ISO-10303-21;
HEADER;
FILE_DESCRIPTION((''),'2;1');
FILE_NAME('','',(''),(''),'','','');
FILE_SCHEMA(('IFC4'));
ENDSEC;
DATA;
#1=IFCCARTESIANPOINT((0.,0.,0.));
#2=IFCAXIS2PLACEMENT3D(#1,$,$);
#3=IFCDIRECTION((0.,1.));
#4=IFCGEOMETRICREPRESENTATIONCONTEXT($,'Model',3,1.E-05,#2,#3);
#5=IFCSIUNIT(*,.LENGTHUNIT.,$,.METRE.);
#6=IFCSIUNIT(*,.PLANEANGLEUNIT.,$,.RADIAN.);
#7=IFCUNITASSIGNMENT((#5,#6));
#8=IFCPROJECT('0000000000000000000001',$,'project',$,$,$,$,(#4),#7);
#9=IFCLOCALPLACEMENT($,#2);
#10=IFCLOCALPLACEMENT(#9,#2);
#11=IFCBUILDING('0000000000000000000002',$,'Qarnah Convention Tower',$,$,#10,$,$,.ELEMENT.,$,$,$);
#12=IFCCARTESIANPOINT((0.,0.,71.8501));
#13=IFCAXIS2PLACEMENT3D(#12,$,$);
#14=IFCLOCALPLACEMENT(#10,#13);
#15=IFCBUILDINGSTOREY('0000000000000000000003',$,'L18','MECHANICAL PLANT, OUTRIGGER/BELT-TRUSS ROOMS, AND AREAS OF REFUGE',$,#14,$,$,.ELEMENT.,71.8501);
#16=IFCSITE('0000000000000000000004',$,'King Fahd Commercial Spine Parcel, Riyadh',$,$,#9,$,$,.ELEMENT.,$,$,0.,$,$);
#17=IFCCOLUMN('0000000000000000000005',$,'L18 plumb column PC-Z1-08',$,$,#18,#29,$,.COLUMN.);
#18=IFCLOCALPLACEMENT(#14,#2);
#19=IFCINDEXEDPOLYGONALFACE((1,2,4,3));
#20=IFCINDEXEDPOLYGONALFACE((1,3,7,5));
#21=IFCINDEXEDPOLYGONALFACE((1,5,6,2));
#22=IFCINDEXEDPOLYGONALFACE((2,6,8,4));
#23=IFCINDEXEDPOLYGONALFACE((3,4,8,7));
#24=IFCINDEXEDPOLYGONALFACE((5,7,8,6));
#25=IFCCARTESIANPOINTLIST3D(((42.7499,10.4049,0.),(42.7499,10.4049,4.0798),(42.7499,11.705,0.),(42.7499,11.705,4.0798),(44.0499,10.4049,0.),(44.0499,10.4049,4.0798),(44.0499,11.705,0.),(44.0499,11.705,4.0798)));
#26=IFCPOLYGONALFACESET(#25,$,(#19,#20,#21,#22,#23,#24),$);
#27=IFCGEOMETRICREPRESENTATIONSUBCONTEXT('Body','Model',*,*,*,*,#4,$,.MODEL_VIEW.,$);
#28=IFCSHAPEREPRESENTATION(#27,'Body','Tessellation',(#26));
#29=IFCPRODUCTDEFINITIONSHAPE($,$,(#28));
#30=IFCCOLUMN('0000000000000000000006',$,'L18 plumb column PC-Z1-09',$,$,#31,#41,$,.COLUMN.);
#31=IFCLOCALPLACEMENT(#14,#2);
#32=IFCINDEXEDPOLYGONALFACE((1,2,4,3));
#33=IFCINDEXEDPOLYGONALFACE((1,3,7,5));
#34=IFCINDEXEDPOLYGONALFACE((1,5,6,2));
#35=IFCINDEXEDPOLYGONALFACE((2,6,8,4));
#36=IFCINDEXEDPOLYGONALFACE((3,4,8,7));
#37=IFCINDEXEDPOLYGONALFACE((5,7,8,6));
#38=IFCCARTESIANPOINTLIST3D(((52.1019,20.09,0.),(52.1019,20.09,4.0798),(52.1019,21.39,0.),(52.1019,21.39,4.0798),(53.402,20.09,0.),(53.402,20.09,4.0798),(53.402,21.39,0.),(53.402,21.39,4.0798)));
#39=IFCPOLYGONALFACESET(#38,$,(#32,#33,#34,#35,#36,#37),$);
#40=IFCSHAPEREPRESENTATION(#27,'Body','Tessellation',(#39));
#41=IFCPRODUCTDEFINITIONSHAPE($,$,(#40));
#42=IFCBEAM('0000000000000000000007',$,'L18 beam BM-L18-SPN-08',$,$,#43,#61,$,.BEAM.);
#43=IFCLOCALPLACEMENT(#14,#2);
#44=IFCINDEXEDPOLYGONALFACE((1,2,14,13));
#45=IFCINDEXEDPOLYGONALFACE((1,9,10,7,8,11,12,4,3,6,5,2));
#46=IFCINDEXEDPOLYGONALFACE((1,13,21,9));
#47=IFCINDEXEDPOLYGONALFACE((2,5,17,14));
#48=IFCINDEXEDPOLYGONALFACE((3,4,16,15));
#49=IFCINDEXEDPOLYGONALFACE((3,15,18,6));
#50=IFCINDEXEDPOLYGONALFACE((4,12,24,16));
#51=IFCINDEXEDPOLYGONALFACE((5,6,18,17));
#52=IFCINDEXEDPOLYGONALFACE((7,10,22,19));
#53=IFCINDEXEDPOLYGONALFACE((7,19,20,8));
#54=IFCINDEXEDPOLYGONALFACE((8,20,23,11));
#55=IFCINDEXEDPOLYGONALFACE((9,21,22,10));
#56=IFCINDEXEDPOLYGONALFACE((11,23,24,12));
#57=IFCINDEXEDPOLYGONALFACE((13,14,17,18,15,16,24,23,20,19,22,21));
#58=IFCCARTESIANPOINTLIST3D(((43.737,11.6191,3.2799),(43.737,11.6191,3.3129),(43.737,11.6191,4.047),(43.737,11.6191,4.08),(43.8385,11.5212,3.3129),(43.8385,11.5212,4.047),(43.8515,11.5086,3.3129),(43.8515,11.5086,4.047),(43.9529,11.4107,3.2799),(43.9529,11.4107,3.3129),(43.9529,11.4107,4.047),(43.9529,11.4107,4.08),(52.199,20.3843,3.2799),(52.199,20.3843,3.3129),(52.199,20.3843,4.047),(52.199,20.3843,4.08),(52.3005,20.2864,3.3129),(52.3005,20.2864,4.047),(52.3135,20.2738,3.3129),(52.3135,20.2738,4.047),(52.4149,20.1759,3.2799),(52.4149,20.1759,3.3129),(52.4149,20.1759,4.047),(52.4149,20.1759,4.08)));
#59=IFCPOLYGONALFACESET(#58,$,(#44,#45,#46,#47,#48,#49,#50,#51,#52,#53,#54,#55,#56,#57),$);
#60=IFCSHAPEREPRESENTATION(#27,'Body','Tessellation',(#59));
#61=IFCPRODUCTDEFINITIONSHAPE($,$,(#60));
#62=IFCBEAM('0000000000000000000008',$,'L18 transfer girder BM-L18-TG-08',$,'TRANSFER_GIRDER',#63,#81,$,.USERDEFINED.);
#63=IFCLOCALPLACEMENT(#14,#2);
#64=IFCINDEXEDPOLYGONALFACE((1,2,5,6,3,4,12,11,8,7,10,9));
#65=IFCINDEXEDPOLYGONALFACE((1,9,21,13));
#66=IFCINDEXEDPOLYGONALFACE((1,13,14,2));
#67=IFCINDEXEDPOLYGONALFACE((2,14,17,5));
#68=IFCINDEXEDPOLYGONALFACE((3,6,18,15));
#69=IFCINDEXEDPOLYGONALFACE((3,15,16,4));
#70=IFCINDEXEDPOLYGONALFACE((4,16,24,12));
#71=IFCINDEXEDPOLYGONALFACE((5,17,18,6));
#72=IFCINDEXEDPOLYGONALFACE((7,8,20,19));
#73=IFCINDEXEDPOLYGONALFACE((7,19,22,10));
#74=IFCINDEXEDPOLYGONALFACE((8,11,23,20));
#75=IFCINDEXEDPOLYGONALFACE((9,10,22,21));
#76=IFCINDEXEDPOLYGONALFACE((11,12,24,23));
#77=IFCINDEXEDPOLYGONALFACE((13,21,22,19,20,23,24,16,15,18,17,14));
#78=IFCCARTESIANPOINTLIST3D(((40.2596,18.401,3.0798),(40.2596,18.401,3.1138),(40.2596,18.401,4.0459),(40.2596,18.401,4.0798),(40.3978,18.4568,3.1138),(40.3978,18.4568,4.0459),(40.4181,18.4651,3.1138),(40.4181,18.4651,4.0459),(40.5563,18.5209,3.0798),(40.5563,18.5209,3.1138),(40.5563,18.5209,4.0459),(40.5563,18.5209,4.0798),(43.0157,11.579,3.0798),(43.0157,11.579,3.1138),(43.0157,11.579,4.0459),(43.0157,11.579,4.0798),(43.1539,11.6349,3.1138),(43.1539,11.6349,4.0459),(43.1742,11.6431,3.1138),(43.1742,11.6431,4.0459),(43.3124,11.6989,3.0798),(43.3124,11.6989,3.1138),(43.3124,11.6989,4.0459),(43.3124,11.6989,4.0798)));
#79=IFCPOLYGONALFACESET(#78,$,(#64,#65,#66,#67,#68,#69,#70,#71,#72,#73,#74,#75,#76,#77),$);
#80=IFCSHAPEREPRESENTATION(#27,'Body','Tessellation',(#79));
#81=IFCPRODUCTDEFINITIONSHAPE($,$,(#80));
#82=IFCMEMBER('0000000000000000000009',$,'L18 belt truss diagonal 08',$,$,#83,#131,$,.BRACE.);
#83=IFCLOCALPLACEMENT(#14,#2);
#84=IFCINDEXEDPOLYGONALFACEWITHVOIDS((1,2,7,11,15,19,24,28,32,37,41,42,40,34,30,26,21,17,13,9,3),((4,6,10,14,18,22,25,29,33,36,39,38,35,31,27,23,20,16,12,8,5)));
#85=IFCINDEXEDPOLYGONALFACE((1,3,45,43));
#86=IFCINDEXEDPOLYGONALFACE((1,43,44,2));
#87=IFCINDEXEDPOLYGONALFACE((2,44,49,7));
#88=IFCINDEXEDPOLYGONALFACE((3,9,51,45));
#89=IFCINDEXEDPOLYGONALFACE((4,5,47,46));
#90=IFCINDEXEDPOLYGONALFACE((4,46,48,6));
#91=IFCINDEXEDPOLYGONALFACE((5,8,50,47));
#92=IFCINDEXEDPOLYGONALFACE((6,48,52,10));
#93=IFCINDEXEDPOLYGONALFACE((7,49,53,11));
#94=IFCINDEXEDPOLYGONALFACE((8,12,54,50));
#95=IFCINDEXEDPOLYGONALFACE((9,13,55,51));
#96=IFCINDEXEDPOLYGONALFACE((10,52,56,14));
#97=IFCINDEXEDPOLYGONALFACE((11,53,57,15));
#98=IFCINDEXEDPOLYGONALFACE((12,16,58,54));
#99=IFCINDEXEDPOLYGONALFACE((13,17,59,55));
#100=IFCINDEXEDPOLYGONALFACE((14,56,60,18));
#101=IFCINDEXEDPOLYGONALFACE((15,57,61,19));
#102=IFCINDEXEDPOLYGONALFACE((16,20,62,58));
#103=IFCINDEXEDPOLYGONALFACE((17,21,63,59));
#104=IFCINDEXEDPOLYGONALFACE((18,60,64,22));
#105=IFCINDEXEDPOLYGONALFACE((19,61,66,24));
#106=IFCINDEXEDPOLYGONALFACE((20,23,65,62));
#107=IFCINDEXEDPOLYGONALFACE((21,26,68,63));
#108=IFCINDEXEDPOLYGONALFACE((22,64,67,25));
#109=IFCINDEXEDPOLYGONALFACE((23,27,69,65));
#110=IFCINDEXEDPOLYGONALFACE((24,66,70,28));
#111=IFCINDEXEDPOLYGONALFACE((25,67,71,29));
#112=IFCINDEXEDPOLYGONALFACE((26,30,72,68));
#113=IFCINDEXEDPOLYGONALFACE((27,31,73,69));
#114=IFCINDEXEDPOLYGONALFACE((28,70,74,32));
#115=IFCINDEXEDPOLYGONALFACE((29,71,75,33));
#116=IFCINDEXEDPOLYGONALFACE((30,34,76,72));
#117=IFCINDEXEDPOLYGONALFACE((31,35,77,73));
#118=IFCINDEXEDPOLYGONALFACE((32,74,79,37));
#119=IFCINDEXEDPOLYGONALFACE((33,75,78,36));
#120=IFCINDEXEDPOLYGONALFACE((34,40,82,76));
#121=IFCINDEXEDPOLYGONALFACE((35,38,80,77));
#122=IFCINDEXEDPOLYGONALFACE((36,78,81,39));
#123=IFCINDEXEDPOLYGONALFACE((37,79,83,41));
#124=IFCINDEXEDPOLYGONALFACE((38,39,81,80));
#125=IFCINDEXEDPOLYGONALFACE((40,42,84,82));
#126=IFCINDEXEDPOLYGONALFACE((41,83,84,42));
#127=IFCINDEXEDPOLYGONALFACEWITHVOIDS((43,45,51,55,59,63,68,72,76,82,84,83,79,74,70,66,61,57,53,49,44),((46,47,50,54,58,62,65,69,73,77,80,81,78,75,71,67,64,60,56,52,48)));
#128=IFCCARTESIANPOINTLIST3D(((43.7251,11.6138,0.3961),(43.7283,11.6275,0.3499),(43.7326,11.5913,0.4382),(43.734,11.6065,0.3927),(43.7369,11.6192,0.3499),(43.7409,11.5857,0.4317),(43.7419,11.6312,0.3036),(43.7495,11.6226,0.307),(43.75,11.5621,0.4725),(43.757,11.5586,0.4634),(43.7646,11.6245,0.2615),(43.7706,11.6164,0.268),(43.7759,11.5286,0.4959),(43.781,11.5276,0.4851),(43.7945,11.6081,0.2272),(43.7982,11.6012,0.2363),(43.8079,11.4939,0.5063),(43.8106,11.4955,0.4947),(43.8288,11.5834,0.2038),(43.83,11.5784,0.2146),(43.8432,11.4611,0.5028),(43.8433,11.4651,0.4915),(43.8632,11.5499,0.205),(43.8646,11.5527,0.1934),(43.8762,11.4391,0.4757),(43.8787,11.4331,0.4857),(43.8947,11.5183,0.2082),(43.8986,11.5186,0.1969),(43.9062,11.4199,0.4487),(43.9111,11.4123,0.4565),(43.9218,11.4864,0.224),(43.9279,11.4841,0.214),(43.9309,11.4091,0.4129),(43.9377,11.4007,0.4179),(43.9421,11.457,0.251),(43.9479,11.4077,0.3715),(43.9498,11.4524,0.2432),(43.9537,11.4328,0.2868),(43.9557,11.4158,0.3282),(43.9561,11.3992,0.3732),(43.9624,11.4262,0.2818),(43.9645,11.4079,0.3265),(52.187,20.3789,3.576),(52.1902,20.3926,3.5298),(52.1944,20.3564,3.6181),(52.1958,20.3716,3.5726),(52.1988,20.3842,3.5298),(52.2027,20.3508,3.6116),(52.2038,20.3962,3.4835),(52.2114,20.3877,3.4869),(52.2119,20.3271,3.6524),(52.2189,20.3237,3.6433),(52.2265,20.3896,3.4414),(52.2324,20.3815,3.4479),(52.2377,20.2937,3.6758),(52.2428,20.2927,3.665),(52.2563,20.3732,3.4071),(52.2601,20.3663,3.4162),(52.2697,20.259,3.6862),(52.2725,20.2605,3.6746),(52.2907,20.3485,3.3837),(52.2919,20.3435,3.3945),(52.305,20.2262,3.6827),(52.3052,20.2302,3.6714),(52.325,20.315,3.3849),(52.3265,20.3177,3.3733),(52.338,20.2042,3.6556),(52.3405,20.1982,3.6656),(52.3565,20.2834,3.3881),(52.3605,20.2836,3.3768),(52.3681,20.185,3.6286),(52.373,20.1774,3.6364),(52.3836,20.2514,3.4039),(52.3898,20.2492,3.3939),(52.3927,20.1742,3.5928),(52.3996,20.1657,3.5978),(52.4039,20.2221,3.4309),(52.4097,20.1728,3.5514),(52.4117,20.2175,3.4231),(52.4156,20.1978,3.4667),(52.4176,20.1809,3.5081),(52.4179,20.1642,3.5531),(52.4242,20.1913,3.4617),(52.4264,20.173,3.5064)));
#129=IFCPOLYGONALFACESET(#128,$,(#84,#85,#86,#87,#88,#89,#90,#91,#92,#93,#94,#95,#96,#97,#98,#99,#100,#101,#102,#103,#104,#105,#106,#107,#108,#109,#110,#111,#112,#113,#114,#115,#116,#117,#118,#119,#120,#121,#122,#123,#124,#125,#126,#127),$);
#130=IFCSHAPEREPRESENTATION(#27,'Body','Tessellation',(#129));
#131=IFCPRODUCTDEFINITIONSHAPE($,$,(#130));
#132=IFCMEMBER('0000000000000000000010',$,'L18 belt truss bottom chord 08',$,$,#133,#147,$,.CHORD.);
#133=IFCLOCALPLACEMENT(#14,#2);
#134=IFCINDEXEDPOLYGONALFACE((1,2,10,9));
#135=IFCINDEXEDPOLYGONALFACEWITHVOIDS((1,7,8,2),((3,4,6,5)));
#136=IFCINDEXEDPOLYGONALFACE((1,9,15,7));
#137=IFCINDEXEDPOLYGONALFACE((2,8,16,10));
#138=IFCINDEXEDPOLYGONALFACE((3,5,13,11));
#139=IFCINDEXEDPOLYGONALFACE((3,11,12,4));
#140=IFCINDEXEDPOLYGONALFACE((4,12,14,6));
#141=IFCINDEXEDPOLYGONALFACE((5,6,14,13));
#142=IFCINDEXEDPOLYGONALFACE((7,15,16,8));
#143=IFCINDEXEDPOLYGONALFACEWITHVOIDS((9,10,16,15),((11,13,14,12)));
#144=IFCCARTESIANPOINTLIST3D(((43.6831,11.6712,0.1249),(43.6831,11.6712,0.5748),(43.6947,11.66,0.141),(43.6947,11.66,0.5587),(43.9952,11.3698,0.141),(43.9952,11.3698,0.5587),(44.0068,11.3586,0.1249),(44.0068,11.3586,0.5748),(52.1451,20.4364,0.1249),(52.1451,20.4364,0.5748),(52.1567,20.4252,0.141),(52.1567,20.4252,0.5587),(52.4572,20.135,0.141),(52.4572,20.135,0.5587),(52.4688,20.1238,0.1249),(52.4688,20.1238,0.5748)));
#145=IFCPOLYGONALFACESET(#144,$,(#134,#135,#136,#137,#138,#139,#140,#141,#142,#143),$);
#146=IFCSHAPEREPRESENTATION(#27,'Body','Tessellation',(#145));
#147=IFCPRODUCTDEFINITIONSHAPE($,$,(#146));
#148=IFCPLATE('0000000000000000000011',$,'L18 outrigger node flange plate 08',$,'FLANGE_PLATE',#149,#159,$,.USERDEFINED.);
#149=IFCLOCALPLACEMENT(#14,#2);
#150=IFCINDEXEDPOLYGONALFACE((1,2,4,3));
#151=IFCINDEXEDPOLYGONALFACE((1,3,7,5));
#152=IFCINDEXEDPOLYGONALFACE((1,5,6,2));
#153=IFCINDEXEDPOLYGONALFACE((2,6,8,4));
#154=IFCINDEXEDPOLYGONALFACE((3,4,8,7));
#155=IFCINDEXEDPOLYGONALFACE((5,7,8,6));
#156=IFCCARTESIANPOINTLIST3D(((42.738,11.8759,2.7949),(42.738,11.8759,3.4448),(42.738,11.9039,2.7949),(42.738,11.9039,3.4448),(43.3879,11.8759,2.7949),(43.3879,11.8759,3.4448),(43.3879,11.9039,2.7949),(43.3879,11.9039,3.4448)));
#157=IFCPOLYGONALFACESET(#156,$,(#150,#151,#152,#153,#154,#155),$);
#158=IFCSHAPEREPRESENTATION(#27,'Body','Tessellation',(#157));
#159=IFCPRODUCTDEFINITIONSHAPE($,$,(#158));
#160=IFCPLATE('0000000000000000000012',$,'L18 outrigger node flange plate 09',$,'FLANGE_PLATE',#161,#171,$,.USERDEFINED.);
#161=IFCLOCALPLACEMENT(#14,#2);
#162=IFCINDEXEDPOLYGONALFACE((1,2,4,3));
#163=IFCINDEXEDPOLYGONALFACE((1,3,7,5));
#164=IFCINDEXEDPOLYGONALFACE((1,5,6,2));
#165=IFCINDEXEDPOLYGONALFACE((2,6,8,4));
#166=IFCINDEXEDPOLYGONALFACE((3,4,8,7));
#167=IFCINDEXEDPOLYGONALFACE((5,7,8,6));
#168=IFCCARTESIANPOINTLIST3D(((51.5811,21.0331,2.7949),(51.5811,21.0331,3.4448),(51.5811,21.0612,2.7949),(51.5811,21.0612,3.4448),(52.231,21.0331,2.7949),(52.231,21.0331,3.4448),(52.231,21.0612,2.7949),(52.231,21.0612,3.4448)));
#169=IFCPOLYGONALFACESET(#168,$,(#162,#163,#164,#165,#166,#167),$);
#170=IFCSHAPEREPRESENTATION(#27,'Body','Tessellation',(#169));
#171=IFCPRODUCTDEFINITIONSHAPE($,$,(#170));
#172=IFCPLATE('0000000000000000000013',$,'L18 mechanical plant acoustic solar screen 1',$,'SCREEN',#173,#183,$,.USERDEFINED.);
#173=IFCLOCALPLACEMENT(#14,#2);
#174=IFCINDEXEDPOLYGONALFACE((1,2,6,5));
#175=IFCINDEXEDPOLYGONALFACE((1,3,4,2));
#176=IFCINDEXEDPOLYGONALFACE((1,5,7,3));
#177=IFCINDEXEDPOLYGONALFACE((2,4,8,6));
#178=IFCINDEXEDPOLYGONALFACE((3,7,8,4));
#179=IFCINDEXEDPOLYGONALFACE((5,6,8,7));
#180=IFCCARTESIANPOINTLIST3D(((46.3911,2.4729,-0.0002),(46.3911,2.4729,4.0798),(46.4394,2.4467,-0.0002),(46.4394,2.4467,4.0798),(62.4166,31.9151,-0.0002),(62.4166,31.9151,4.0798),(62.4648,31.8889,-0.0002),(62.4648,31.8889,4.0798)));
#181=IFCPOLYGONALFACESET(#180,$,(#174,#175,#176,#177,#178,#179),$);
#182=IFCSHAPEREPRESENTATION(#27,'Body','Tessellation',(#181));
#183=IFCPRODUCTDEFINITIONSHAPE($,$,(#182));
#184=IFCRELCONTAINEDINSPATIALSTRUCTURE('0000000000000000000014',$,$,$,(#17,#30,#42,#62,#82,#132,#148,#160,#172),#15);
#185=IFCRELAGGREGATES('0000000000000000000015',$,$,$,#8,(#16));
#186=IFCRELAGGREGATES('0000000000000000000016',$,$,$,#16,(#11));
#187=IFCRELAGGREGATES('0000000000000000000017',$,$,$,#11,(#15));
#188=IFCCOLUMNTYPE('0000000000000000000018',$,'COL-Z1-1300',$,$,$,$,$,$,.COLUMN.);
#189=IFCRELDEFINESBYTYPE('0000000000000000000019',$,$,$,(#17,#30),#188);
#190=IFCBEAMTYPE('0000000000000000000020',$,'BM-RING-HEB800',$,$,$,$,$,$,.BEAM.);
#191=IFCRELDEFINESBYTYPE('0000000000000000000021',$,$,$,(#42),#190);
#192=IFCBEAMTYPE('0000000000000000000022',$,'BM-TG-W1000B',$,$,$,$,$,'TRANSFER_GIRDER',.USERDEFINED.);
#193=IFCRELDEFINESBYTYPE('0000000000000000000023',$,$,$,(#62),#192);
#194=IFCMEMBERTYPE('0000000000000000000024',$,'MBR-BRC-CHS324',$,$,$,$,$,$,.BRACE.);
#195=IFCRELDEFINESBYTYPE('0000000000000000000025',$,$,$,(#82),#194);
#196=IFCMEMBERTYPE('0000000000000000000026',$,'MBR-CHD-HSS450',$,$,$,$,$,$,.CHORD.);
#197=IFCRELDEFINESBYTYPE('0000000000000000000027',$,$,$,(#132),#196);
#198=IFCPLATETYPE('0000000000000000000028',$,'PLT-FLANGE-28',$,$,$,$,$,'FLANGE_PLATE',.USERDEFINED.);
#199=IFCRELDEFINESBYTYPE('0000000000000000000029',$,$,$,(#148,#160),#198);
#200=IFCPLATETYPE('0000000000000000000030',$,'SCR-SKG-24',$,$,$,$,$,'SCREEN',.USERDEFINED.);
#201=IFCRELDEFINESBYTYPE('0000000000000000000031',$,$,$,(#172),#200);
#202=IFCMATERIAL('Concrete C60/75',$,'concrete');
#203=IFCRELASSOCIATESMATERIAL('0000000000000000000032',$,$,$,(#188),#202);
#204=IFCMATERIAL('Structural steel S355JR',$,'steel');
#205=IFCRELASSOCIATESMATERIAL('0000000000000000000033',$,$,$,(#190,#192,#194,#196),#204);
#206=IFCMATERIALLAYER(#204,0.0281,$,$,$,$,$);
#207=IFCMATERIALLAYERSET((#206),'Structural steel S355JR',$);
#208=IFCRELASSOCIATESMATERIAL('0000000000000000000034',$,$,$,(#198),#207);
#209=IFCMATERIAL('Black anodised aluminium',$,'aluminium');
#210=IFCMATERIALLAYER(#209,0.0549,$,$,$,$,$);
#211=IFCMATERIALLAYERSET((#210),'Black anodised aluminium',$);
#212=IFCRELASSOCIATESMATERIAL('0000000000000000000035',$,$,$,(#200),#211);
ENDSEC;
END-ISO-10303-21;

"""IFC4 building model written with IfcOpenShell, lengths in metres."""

from ifc_helpers import new_model, si_unit, direction, frame, origin, origin_2d, place, context, subcontext, project, spatial, rectangle, hollow_rectangle, hollow_circle, i_section, extrude, material, layer, layer_set, material_profile, profile_set, type_object, element, save


model = new_model("IFC4")

# Units and contexts
model_context = context("Model", 3, precision=1e-05, world=origin(), true_north=direction((0.0, 1.0)))
body_context = subcontext(model_context, "Body", "Model", "MODEL_VIEW")
ifc_project = project(units=[si_unit("LENGTHUNIT", "METRE"), si_unit("PLANEANGLEUNIT", "RADIAN")], contexts=[model_context])

# Site, building, storey
site_placement = place(None, origin())
site = spatial("IfcSite", under=ifc_project, at=site_placement, Name="King Fahd Commercial Spine Parcel, Riyadh", CompositionType="ELEMENT", RefElevation=0.0)
building_placement = place(site_placement, origin())
building = spatial("IfcBuilding", under=site, at=building_placement, Name="Qarnah Convention Tower", CompositionType="ELEMENT")
storey_placement = place(building_placement, frame((0.0, 0.0, 71.8501)))
storey = spatial("IfcBuildingStorey", under=building, at=storey_placement, Name="L18", Description="MECHANICAL PLANT, OUTRIGGER/BELT-TRUSS ROOMS, AND AREAS OF REFUGE", CompositionType="ELEMENT", Elevation=71.8501)

# Columns
ifc_material_1 = material(Name="Concrete C60/75", Category="concrete")
ifc_material_profile_1 = material_profile(ifc_material_1, rectangle(XDim=1.3, YDim=1.3, at=origin_2d()), Name="RC-COL-1300X1300")
ifc_profile_set_1 = profile_set([ifc_material_profile_1], Name="Concrete C60/75")
column_type = type_object("IfcColumnType", Name="COL-Z1-1300", PredefinedType="COLUMN", material=ifc_profile_set_1)
for number, where, z_axis, x_axis, name in (
    (1, (43.3999, 11.0549, 0.0), (0.0, 0.0, 1.0), (1.0, 0.0, 0.0), "L18 plumb column PC-Z1-08"),
    (2, (52.752, 20.74, 0.0), (0.0, 0.0, 1.0), (1.0, 0.0, 0.0), "L18 plumb column PC-Z1-09"),
):
    element("IfcColumn", number, at=place(storey_placement, frame(where, z_axis=z_axis, x_axis=x_axis)), inside=storey, type_object=column_type, Name=name, PredefinedType="COLUMN", context=body_context, shape_type="SweptSolid", body=[
        extrude(rectangle(XDim=1.3, YDim=1.3, at=origin_2d()), origin(), (0.0, 0.0, 1.0), 4.0798),
    ])

# Beams
ifc_material_2 = material(Name="Structural steel S355JR", Category="steel")
ifc_material_profile_2 = material_profile(ifc_material_2, i_section(OverallWidth=0.3, OverallDepth=0.8, WebThickness=0.0181, FlangeThickness=0.033, at=origin_2d()), Name="HEB800")
ifc_profile_set_2 = profile_set([ifc_material_profile_2], Name="Structural steel S355JR")
beam_type_1 = type_object("IfcBeamType", Name="BM-RING-HEB800", PredefinedType="BEAM", material=ifc_profile_set_2)
beam_1_placement = place(storey_placement, frame((43.845, 11.5149, 3.6799), z_axis=(0.694553, 0.719442, 0.0), x_axis=(-0.719442, 0.694553, 0.0)))
element("IfcBeam", 3, at=beam_1_placement, inside=storey, type_object=beam_type_1, Name="L18 beam BM-L18-SPN-08", PredefinedType="BEAM", context=body_context, shape_type="SweptSolid", body=[
    extrude(i_section(OverallWidth=0.3, OverallDepth=0.8, WebThickness=0.0181, FlangeThickness=0.033, at=origin_2d()), origin(), (0.0, 0.0, 1.0), 12.1833),
])
ifc_material_profile_3 = material_profile(ifc_material_2, i_section(OverallWidth=0.3201, OverallDepth=1.0, WebThickness=0.022, FlangeThickness=0.0339, at=origin_2d()), Name="W1000X371")
ifc_profile_set_3 = profile_set([ifc_material_profile_3], Name="Structural steel S355JR")
beam_type_2 = type_object("IfcBeamType", Name="BM-TG-W1000B", ElementType="TRANSFER_GIRDER", PredefinedType="USERDEFINED", material=ifc_profile_set_3)
beam_2_placement = place(storey_placement, frame((40.408, 18.4609, 3.5798), z_axis=(0.374586, -0.927192, 0.0), x_axis=(0.927192, 0.374586, 0.0)))
element("IfcBeam", 4, at=beam_2_placement, inside=storey, type_object=beam_type_2, Name="L18 transfer girder BM-L18-TG-08", ObjectType="TRANSFER_GIRDER", PredefinedType="USERDEFINED", context=body_context, shape_type="SweptSolid", body=[
    extrude(i_section(OverallWidth=0.3201, OverallDepth=1.0, WebThickness=0.022, FlangeThickness=0.0339, at=origin_2d()), origin(), (0.0, 0.0, 1.0), 7.3577),
])

# Members
ifc_material_profile_4 = material_profile(ifc_material_2, hollow_circle(Radius=0.1621, WallThickness=0.012, at=origin_2d()), Name="CHS324X12")
ifc_profile_set_4 = profile_set([ifc_material_profile_4], Name="Structural steel S355JR")
member_type_1 = type_object("IfcMemberType", Name="MBR-BRC-CHS324", PredefinedType="BRACE", material=ifc_profile_set_4)
member_1_placement = place(storey_placement, frame((43.845, 11.5149, 0.3499), z_axis=(0.672039, 0.69612, 0.252548), x_axis=(-0.719442, 0.694553, 0.0)))
element("IfcMember", 5, at=member_1_placement, inside=storey, type_object=member_type_1, Name="L18 belt truss diagonal 08", PredefinedType="BRACE", context=body_context, shape_type="SweptSolid", body=[
    extrude(hollow_circle(Radius=0.1621, WallThickness=0.012, at=origin_2d()), origin(), (0.0, 0.0, 1.0), 12.5913),
])
ifc_material_profile_5 = material_profile(ifc_material_2, hollow_rectangle(XDim=0.45, YDim=0.45, WallThickness=0.0161, at=origin_2d()), Name="HSS450X450X16")
ifc_profile_set_5 = profile_set([ifc_material_profile_5], Name="Structural steel S355JR")
member_type_2 = type_object("IfcMemberType", Name="MBR-CHD-HSS450", PredefinedType="CHORD", material=ifc_profile_set_5)
member_2_placement = place(storey_placement, frame((43.845, 11.5149, 0.3499), z_axis=(0.694553, 0.719442, 0.0), x_axis=(-0.719442, 0.694553, 0.0)))
element("IfcMember", 6, at=member_2_placement, inside=storey, type_object=member_type_2, Name="L18 belt truss bottom chord 08", PredefinedType="CHORD", context=body_context, shape_type="SweptSolid", body=[
    extrude(hollow_rectangle(XDim=0.45, YDim=0.45, WallThickness=0.0161, at=origin_2d()), origin(), (0.0, 0.0, 1.0), 12.1833),
])

# Plates
ifc_layer_1 = layer(ifc_material_2, 0.0281)
ifc_layer_set_1 = layer_set([ifc_layer_1], Name="Structural steel S355JR")
plate_type_1 = type_object("IfcPlateType", Name="PLT-FLANGE-28", ElementType="FLANGE_PLATE", PredefinedType="USERDEFINED", material=ifc_layer_set_1)
for number, where, z_axis, x_axis, name in (
    (7, (43.063, 11.8899, 2.7949), (0.0, 0.0, 1.0), (1.0, 0.0, 0.0), "L18 outrigger node flange plate 08"),
    (8, (51.906, 21.0471, 2.7949), (0.0, 0.0, 1.0), (1.0, 0.0, 0.0), "L18 outrigger node flange plate 09"),
):
    element("IfcPlate", number, at=place(storey_placement, frame(where, z_axis=z_axis, x_axis=x_axis)), inside=storey, type_object=plate_type_1, Name=name, ObjectType="FLANGE_PLATE", PredefinedType="USERDEFINED", context=body_context, shape_type="SweptSolid", body=[
        extrude(rectangle(XDim=0.6499, YDim=0.0281, at=origin_2d()), origin(), (0.0, 0.0, 1.0), 0.6499),
    ])
ifc_material_3 = material(Name="Black anodised aluminium", Category="aluminium")
ifc_layer_2 = layer(ifc_material_3, 0.0549)
ifc_layer_set_2 = layer_set([ifc_layer_2], Name="Black anodised aluminium")
plate_type_2 = type_object("IfcPlateType", Name="SCR-SKG-24", ElementType="SCREEN", PredefinedType="USERDEFINED", material=ifc_layer_set_2)
plate_placement = place(storey_placement, frame((54.428, 17.1809, -0.0002), z_axis=(0.0, 0.0, 1.0), x_axis=(-0.478071, -0.878321, 0.0)))
element("IfcPlate", 9, at=plate_placement, inside=storey, type_object=plate_type_2, Name="L18 mechanical plant acoustic solar screen 1", ObjectType="SCREEN", PredefinedType="USERDEFINED", context=body_context, shape_type="SweptSolid", body=[
    extrude(rectangle(XDim=33.521, YDim=0.0549, at=origin_2d()), origin(), (0.0, 0.0, 1.0), 4.0801),
])

save(model, "model.ifc")
